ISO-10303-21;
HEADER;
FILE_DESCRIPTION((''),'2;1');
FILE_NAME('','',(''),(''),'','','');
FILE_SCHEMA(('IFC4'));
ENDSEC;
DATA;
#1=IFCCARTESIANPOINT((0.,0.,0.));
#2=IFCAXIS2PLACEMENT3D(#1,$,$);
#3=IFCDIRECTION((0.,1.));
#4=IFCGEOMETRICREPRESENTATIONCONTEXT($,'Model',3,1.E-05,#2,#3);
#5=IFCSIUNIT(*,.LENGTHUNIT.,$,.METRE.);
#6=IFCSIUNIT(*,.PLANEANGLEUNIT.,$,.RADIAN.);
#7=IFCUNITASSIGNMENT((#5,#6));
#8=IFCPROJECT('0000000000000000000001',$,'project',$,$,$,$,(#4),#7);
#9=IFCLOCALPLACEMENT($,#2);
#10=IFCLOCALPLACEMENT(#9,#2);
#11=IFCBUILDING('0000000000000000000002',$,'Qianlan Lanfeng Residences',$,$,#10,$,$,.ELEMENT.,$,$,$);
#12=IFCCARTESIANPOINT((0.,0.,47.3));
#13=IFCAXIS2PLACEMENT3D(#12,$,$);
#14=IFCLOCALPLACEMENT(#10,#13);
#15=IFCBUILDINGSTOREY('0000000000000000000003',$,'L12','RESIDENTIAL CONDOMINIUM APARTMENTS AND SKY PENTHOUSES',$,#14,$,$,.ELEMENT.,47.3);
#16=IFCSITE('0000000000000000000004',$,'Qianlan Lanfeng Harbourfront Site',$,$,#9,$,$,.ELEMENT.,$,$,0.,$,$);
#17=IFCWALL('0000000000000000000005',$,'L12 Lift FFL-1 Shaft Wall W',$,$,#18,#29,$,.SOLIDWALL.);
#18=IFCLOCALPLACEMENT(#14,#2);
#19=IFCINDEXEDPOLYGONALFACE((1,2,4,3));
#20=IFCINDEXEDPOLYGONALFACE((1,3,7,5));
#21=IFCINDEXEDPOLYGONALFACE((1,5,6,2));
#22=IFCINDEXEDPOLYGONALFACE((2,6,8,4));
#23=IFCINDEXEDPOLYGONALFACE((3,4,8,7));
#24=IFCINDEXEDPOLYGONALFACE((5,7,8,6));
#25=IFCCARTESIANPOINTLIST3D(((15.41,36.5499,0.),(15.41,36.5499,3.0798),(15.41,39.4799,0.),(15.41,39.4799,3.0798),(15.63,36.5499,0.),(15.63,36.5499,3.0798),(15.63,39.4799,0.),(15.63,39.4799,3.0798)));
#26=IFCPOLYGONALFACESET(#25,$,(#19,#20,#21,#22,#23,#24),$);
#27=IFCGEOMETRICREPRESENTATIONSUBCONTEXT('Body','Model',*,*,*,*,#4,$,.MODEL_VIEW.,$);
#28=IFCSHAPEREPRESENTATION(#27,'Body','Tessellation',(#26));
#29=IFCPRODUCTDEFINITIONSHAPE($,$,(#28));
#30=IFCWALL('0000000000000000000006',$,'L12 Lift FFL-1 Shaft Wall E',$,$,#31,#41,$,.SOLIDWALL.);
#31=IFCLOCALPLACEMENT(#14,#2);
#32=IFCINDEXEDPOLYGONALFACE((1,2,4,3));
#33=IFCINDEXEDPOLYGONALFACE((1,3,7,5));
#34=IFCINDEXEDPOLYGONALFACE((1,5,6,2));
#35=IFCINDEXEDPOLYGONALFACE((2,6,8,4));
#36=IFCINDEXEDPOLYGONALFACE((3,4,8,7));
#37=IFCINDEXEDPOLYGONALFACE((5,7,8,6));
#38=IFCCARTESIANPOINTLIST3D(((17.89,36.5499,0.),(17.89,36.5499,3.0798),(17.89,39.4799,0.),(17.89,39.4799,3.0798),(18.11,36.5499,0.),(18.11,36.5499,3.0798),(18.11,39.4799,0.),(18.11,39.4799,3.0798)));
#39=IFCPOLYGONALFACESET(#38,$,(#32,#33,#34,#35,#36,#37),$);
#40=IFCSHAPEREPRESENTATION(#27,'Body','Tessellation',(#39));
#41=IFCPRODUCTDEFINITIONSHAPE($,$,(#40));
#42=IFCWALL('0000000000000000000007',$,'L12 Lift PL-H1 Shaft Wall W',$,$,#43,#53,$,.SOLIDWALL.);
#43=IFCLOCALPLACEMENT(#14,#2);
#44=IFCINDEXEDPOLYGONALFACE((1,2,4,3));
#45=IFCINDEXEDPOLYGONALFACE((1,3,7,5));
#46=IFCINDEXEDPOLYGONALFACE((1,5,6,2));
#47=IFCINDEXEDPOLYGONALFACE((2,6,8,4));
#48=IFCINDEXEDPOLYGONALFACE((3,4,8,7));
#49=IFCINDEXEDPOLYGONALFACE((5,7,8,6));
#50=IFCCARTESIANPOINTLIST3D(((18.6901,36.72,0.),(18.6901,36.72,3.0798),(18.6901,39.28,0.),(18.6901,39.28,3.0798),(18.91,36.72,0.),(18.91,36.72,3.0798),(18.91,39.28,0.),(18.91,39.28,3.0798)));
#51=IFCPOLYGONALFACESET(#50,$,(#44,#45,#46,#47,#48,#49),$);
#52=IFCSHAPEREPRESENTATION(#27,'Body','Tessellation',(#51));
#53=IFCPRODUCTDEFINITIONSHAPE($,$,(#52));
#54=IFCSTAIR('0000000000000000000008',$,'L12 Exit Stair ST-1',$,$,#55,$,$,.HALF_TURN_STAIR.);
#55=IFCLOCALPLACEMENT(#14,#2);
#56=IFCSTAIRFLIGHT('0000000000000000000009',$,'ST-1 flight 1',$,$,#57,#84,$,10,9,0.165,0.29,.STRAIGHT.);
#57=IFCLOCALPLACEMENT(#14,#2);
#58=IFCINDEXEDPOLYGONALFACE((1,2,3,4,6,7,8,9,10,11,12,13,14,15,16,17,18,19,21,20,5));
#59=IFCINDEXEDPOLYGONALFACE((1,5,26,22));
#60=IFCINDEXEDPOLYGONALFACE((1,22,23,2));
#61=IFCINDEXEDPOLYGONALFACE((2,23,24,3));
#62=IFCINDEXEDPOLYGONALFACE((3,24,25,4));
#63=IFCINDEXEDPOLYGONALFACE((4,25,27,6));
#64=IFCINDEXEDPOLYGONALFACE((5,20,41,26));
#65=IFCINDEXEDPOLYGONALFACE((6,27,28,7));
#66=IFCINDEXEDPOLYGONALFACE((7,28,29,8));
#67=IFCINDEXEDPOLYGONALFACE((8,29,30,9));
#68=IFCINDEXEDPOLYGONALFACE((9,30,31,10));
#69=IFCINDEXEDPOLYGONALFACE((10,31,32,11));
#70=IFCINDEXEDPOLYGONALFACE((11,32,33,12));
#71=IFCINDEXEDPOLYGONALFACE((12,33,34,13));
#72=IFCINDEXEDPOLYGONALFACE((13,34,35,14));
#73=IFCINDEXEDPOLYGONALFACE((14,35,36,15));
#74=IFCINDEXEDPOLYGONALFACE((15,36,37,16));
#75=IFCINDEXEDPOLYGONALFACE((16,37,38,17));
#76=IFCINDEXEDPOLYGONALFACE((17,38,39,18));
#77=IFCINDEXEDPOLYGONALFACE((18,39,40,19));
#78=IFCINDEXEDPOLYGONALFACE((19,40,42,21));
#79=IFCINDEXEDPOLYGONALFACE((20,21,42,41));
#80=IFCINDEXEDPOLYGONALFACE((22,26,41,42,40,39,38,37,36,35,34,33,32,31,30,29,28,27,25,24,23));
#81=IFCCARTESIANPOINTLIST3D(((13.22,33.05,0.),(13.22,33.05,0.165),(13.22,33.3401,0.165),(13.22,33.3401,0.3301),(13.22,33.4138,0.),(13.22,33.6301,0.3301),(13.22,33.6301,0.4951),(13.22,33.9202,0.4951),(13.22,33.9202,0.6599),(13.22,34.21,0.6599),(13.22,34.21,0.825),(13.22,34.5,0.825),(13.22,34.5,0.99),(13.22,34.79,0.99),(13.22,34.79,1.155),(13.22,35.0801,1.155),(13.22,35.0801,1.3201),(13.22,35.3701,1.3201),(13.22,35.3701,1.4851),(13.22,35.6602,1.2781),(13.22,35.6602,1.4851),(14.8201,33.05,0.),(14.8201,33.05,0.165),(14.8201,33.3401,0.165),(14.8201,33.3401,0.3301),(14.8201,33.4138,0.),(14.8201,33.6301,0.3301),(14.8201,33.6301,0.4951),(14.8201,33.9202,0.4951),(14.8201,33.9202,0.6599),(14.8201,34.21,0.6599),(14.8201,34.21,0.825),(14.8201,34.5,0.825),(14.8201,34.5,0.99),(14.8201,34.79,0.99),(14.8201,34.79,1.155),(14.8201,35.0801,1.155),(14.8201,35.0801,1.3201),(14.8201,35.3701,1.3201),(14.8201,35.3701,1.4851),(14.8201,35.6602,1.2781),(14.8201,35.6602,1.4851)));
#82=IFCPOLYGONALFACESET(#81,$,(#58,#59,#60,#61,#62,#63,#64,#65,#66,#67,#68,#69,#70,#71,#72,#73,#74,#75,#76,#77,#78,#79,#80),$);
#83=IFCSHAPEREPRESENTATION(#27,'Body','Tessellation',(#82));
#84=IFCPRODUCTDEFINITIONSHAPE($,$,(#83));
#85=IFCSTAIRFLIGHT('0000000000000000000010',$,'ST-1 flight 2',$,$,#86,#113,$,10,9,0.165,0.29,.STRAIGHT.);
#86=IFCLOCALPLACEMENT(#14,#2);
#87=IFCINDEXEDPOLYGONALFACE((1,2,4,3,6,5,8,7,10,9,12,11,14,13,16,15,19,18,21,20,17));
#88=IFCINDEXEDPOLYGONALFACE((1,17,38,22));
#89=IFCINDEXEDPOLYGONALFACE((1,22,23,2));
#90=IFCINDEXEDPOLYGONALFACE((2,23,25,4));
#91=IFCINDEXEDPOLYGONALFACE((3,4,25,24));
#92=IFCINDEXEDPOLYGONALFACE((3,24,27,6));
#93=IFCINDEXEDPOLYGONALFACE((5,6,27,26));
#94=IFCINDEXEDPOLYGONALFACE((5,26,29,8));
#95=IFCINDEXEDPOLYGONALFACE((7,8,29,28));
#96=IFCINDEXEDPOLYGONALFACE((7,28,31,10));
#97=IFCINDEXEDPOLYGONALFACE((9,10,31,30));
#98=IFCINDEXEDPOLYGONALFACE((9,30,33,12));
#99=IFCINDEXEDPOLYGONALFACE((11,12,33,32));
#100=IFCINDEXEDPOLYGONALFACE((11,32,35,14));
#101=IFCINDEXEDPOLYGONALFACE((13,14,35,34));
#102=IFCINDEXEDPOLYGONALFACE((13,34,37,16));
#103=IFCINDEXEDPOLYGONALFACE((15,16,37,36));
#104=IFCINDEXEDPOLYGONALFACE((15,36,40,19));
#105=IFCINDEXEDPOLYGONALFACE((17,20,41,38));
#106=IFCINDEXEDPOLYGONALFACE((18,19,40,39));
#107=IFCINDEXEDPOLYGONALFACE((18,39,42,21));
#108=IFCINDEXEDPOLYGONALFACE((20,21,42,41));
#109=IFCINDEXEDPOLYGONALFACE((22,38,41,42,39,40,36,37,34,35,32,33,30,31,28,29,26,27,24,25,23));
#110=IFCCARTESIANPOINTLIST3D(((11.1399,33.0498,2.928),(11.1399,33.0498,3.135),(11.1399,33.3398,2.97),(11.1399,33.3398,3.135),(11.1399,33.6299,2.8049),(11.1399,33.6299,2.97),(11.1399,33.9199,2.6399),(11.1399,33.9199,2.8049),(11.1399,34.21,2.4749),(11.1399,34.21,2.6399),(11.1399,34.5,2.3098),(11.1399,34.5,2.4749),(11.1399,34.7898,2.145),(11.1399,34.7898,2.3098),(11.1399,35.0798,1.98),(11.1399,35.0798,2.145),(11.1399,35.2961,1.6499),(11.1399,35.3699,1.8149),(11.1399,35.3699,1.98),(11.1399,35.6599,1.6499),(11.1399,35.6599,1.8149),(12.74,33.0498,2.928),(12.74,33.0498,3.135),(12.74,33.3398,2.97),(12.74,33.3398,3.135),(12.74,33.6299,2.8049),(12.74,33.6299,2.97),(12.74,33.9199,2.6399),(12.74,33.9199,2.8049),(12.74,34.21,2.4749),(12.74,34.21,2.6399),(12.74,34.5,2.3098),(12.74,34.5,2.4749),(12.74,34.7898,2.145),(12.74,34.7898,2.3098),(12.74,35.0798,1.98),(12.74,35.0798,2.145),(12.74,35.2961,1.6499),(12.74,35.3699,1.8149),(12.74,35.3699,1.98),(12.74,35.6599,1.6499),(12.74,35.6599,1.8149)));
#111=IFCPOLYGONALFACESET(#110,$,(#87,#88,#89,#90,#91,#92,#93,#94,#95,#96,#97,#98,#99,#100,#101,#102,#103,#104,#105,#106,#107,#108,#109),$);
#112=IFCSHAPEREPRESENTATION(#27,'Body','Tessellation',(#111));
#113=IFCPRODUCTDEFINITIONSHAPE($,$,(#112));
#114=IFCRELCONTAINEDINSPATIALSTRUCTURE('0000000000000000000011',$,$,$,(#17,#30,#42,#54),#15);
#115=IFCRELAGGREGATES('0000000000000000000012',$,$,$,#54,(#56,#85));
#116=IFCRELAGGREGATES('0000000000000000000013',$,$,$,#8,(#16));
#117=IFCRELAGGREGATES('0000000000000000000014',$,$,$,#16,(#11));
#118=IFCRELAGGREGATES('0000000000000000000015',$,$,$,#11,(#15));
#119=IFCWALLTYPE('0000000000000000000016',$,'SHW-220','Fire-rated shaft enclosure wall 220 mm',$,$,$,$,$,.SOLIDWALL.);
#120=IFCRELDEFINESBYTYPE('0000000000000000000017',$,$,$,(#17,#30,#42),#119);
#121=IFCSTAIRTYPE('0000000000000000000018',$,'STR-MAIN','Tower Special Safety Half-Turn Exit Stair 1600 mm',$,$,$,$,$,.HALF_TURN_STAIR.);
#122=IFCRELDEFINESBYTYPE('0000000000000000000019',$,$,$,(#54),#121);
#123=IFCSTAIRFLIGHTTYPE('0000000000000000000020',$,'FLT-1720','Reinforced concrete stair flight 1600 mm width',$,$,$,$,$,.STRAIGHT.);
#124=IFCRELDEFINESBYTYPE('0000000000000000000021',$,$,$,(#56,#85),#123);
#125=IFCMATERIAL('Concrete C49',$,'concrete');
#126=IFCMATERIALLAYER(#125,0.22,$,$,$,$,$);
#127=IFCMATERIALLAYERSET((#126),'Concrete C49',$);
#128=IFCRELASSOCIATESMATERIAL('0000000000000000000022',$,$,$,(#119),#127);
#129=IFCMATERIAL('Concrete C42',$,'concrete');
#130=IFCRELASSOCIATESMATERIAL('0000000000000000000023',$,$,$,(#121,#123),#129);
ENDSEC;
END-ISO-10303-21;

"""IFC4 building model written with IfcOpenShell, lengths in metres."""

from ifc_helpers import new_model, si_unit, direction, frame, frame_2d, origin, place, context, subcontext, project, spatial, polyline, rectangle, outline, extrude, material, layer, layer_set, type_object, element, aggregate, save


model = new_model("IFC4")

# Units and contexts
model_context = context("Model", 3, precision=1e-05, world=origin(), true_north=direction((0.0, 1.0)))
body_context = subcontext(model_context, "Body", "Model", "MODEL_VIEW")
ifc_project = project(units=[si_unit("LENGTHUNIT", "METRE"), si_unit("PLANEANGLEUNIT", "RADIAN")], contexts=[model_context])

# Site, building, storey
site_placement = place(None, origin())
site = spatial("IfcSite", under=ifc_project, at=site_placement, Name="Qianlan Lanfeng Harbourfront Site", CompositionType="ELEMENT", RefElevation=0.0)
building_placement = place(site_placement, origin())
building = spatial("IfcBuilding", under=site, at=building_placement, Name="Qianlan Lanfeng Residences", CompositionType="ELEMENT")
storey_placement = place(building_placement, frame((0.0, 0.0, 47.3)))
storey = spatial("IfcBuildingStorey", under=building, at=storey_placement, Name="L12", Description="RESIDENTIAL CONDOMINIUM APARTMENTS AND SKY PENTHOUSES", CompositionType="ELEMENT", Elevation=47.3)

# Walls
ifc_material_1 = material(Name="Concrete C49", Category="concrete")
ifc_layer_1 = layer(ifc_material_1, 0.22)
ifc_layer_set_1 = layer_set([ifc_layer_1], Name="Concrete C49")
wall_type_1 = type_object("IfcWallType", Name="SHW-220", Description="Fire-rated shaft enclosure wall 220 mm", PredefinedType="SOLIDWALL", material=ifc_layer_set_1)
for number, where, z_axis, x_axis, name in (
    (1, (15.52, 36.55, 0.0), (0.0, 0.0, 1.0), (0.0, 1.0, 0.0), "L12 Lift FFL-1 Shaft Wall W"),
    (2, (18.0, 36.55, 0.0), (0.0, 0.0, 1.0), (0.0, 1.0, 0.0), "L12 Lift FFL-1 Shaft Wall E"),
):
    element("IfcWall", number, at=place(storey_placement, frame(where, z_axis=z_axis, x_axis=x_axis)), inside=storey, type_object=wall_type_1, Name=name, PredefinedType="SOLIDWALL", context=body_context, shape_type="SweptSolid", body=[
        extrude(rectangle(XDim=2.9299, YDim=0.22, at=frame_2d((1.4648, 0.0))), origin(), (0.0, 0.0, 1.0), 3.0798),
    ])
wall_1_placement = place(storey_placement, frame((18.8, 36.72, 0.0), z_axis=(0.0, 0.0, 1.0), x_axis=(0.0, 1.0, 0.0)))
element("IfcWall", 3, at=wall_1_placement, inside=storey, type_object=wall_type_1, Name="L12 Lift PL-H1 Shaft Wall W", PredefinedType="SOLIDWALL", context=body_context, shape_type="SweptSolid", body=[
    extrude(rectangle(XDim=2.5601, YDim=0.22, at=frame_2d((1.28, 0.0))), origin(), (0.0, 0.0, 1.0), 3.0798),
])

# Stair, stair flights
ifc_material_2 = material(Name="Concrete C42", Category="concrete")
stair_type = type_object("IfcStairType", Name="STR-MAIN", Description="Tower Special Safety Half-Turn Exit Stair 1600 mm", PredefinedType="HALF_TURN_STAIR", material=ifc_material_2)
stair_placement = place(storey_placement, origin())
stair = element("IfcStair", 4, at=stair_placement, inside=storey, type_object=stair_type, Name="L12 Exit Stair ST-1", PredefinedType="HALF_TURN_STAIR")
stair_flight_type = type_object("IfcStairFlightType", Name="FLT-1720", Description="Reinforced concrete stair flight 1600 mm width", PredefinedType="STRAIGHT", material=ifc_material_2)
stair_flight_1_placement = place(storey_placement, frame((14.02, 33.05, 0.0), z_axis=(0.0, 0.0, 1.0), x_axis=(0.0, 1.0, 0.0)))
stair_flight_1 = element("IfcStairFlight", 5, at=stair_flight_1_placement, type_object=stair_flight_type, Name="ST-1 flight 1", NumberOfRisers=10, NumberOfTreads=9, PredefinedType="STRAIGHT", RiserHeight=0.165, TreadLength=0.29, context=body_context, shape_type="SweptSolid", body=[
    extrude(outline(polyline([(0.0, 0.0), (0.0, 0.165), (0.29, 0.165), (0.29, 0.3301), (0.5801, 0.3301), (0.5801, 0.4951), (0.8701, 0.4951), (0.8701, 0.6599), (1.1599, 0.6599), (1.1599, 0.825), (1.45, 0.825), (1.45, 0.99), (1.74, 0.99), (1.74, 1.155), (2.03, 1.155), (2.03, 1.3201), (2.3201, 1.3201), (2.3201, 1.4851), (2.6101, 1.4851), (2.6101, 1.6499), (2.6101, 1.2781), (0.3638, 0.0), (0.0, 0.0)])), frame((0.0, 0.8, 0.0), z_axis=(0.0, -1.0, 0.0), x_axis=(1.0, 0.0, 0.0)), (0.0, 0.0, 1.0), 1.6001),
])
stair_flight_2_placement = place(storey_placement, frame((11.9399, 35.6599, 1.6499), z_axis=(0.0, 0.0, 1.0), x_axis=(0.0, -1.0, 0.0)))
stair_flight_2 = element("IfcStairFlight", 6, at=stair_flight_2_placement, type_object=stair_flight_type, Name="ST-1 flight 2", NumberOfRisers=10, NumberOfTreads=9, PredefinedType="STRAIGHT", RiserHeight=0.165, TreadLength=0.29, context=body_context, shape_type="SweptSolid", body=[
    extrude(outline(polyline([(0.0, 0.0), (0.0, 0.165), (0.29, 0.165), (0.29, 0.3301), (0.5801, 0.3301), (0.5801, 0.4951), (0.8701, 0.4951), (0.8701, 0.6599), (1.1599, 0.6599), (1.1599, 0.825), (1.45, 0.825), (1.45, 0.99), (1.74, 0.99), (1.74, 1.155), (2.03, 1.155), (2.03, 1.3201), (2.3201, 1.3201), (2.3201, 1.4851), (2.6101, 1.4851), (2.6101, 1.6499), (2.6101, 1.2781), (0.3638, 0.0), (0.0, 0.0)])), frame((0.0, 0.8, 0.0), z_axis=(0.0, -1.0, 0.0), x_axis=(1.0, 0.0, 0.0)), (0.0, 0.0, 1.0), 1.6001),
])
aggregate(stair, [stair_flight_1, stair_flight_2])

save(model, "model.ifc")
